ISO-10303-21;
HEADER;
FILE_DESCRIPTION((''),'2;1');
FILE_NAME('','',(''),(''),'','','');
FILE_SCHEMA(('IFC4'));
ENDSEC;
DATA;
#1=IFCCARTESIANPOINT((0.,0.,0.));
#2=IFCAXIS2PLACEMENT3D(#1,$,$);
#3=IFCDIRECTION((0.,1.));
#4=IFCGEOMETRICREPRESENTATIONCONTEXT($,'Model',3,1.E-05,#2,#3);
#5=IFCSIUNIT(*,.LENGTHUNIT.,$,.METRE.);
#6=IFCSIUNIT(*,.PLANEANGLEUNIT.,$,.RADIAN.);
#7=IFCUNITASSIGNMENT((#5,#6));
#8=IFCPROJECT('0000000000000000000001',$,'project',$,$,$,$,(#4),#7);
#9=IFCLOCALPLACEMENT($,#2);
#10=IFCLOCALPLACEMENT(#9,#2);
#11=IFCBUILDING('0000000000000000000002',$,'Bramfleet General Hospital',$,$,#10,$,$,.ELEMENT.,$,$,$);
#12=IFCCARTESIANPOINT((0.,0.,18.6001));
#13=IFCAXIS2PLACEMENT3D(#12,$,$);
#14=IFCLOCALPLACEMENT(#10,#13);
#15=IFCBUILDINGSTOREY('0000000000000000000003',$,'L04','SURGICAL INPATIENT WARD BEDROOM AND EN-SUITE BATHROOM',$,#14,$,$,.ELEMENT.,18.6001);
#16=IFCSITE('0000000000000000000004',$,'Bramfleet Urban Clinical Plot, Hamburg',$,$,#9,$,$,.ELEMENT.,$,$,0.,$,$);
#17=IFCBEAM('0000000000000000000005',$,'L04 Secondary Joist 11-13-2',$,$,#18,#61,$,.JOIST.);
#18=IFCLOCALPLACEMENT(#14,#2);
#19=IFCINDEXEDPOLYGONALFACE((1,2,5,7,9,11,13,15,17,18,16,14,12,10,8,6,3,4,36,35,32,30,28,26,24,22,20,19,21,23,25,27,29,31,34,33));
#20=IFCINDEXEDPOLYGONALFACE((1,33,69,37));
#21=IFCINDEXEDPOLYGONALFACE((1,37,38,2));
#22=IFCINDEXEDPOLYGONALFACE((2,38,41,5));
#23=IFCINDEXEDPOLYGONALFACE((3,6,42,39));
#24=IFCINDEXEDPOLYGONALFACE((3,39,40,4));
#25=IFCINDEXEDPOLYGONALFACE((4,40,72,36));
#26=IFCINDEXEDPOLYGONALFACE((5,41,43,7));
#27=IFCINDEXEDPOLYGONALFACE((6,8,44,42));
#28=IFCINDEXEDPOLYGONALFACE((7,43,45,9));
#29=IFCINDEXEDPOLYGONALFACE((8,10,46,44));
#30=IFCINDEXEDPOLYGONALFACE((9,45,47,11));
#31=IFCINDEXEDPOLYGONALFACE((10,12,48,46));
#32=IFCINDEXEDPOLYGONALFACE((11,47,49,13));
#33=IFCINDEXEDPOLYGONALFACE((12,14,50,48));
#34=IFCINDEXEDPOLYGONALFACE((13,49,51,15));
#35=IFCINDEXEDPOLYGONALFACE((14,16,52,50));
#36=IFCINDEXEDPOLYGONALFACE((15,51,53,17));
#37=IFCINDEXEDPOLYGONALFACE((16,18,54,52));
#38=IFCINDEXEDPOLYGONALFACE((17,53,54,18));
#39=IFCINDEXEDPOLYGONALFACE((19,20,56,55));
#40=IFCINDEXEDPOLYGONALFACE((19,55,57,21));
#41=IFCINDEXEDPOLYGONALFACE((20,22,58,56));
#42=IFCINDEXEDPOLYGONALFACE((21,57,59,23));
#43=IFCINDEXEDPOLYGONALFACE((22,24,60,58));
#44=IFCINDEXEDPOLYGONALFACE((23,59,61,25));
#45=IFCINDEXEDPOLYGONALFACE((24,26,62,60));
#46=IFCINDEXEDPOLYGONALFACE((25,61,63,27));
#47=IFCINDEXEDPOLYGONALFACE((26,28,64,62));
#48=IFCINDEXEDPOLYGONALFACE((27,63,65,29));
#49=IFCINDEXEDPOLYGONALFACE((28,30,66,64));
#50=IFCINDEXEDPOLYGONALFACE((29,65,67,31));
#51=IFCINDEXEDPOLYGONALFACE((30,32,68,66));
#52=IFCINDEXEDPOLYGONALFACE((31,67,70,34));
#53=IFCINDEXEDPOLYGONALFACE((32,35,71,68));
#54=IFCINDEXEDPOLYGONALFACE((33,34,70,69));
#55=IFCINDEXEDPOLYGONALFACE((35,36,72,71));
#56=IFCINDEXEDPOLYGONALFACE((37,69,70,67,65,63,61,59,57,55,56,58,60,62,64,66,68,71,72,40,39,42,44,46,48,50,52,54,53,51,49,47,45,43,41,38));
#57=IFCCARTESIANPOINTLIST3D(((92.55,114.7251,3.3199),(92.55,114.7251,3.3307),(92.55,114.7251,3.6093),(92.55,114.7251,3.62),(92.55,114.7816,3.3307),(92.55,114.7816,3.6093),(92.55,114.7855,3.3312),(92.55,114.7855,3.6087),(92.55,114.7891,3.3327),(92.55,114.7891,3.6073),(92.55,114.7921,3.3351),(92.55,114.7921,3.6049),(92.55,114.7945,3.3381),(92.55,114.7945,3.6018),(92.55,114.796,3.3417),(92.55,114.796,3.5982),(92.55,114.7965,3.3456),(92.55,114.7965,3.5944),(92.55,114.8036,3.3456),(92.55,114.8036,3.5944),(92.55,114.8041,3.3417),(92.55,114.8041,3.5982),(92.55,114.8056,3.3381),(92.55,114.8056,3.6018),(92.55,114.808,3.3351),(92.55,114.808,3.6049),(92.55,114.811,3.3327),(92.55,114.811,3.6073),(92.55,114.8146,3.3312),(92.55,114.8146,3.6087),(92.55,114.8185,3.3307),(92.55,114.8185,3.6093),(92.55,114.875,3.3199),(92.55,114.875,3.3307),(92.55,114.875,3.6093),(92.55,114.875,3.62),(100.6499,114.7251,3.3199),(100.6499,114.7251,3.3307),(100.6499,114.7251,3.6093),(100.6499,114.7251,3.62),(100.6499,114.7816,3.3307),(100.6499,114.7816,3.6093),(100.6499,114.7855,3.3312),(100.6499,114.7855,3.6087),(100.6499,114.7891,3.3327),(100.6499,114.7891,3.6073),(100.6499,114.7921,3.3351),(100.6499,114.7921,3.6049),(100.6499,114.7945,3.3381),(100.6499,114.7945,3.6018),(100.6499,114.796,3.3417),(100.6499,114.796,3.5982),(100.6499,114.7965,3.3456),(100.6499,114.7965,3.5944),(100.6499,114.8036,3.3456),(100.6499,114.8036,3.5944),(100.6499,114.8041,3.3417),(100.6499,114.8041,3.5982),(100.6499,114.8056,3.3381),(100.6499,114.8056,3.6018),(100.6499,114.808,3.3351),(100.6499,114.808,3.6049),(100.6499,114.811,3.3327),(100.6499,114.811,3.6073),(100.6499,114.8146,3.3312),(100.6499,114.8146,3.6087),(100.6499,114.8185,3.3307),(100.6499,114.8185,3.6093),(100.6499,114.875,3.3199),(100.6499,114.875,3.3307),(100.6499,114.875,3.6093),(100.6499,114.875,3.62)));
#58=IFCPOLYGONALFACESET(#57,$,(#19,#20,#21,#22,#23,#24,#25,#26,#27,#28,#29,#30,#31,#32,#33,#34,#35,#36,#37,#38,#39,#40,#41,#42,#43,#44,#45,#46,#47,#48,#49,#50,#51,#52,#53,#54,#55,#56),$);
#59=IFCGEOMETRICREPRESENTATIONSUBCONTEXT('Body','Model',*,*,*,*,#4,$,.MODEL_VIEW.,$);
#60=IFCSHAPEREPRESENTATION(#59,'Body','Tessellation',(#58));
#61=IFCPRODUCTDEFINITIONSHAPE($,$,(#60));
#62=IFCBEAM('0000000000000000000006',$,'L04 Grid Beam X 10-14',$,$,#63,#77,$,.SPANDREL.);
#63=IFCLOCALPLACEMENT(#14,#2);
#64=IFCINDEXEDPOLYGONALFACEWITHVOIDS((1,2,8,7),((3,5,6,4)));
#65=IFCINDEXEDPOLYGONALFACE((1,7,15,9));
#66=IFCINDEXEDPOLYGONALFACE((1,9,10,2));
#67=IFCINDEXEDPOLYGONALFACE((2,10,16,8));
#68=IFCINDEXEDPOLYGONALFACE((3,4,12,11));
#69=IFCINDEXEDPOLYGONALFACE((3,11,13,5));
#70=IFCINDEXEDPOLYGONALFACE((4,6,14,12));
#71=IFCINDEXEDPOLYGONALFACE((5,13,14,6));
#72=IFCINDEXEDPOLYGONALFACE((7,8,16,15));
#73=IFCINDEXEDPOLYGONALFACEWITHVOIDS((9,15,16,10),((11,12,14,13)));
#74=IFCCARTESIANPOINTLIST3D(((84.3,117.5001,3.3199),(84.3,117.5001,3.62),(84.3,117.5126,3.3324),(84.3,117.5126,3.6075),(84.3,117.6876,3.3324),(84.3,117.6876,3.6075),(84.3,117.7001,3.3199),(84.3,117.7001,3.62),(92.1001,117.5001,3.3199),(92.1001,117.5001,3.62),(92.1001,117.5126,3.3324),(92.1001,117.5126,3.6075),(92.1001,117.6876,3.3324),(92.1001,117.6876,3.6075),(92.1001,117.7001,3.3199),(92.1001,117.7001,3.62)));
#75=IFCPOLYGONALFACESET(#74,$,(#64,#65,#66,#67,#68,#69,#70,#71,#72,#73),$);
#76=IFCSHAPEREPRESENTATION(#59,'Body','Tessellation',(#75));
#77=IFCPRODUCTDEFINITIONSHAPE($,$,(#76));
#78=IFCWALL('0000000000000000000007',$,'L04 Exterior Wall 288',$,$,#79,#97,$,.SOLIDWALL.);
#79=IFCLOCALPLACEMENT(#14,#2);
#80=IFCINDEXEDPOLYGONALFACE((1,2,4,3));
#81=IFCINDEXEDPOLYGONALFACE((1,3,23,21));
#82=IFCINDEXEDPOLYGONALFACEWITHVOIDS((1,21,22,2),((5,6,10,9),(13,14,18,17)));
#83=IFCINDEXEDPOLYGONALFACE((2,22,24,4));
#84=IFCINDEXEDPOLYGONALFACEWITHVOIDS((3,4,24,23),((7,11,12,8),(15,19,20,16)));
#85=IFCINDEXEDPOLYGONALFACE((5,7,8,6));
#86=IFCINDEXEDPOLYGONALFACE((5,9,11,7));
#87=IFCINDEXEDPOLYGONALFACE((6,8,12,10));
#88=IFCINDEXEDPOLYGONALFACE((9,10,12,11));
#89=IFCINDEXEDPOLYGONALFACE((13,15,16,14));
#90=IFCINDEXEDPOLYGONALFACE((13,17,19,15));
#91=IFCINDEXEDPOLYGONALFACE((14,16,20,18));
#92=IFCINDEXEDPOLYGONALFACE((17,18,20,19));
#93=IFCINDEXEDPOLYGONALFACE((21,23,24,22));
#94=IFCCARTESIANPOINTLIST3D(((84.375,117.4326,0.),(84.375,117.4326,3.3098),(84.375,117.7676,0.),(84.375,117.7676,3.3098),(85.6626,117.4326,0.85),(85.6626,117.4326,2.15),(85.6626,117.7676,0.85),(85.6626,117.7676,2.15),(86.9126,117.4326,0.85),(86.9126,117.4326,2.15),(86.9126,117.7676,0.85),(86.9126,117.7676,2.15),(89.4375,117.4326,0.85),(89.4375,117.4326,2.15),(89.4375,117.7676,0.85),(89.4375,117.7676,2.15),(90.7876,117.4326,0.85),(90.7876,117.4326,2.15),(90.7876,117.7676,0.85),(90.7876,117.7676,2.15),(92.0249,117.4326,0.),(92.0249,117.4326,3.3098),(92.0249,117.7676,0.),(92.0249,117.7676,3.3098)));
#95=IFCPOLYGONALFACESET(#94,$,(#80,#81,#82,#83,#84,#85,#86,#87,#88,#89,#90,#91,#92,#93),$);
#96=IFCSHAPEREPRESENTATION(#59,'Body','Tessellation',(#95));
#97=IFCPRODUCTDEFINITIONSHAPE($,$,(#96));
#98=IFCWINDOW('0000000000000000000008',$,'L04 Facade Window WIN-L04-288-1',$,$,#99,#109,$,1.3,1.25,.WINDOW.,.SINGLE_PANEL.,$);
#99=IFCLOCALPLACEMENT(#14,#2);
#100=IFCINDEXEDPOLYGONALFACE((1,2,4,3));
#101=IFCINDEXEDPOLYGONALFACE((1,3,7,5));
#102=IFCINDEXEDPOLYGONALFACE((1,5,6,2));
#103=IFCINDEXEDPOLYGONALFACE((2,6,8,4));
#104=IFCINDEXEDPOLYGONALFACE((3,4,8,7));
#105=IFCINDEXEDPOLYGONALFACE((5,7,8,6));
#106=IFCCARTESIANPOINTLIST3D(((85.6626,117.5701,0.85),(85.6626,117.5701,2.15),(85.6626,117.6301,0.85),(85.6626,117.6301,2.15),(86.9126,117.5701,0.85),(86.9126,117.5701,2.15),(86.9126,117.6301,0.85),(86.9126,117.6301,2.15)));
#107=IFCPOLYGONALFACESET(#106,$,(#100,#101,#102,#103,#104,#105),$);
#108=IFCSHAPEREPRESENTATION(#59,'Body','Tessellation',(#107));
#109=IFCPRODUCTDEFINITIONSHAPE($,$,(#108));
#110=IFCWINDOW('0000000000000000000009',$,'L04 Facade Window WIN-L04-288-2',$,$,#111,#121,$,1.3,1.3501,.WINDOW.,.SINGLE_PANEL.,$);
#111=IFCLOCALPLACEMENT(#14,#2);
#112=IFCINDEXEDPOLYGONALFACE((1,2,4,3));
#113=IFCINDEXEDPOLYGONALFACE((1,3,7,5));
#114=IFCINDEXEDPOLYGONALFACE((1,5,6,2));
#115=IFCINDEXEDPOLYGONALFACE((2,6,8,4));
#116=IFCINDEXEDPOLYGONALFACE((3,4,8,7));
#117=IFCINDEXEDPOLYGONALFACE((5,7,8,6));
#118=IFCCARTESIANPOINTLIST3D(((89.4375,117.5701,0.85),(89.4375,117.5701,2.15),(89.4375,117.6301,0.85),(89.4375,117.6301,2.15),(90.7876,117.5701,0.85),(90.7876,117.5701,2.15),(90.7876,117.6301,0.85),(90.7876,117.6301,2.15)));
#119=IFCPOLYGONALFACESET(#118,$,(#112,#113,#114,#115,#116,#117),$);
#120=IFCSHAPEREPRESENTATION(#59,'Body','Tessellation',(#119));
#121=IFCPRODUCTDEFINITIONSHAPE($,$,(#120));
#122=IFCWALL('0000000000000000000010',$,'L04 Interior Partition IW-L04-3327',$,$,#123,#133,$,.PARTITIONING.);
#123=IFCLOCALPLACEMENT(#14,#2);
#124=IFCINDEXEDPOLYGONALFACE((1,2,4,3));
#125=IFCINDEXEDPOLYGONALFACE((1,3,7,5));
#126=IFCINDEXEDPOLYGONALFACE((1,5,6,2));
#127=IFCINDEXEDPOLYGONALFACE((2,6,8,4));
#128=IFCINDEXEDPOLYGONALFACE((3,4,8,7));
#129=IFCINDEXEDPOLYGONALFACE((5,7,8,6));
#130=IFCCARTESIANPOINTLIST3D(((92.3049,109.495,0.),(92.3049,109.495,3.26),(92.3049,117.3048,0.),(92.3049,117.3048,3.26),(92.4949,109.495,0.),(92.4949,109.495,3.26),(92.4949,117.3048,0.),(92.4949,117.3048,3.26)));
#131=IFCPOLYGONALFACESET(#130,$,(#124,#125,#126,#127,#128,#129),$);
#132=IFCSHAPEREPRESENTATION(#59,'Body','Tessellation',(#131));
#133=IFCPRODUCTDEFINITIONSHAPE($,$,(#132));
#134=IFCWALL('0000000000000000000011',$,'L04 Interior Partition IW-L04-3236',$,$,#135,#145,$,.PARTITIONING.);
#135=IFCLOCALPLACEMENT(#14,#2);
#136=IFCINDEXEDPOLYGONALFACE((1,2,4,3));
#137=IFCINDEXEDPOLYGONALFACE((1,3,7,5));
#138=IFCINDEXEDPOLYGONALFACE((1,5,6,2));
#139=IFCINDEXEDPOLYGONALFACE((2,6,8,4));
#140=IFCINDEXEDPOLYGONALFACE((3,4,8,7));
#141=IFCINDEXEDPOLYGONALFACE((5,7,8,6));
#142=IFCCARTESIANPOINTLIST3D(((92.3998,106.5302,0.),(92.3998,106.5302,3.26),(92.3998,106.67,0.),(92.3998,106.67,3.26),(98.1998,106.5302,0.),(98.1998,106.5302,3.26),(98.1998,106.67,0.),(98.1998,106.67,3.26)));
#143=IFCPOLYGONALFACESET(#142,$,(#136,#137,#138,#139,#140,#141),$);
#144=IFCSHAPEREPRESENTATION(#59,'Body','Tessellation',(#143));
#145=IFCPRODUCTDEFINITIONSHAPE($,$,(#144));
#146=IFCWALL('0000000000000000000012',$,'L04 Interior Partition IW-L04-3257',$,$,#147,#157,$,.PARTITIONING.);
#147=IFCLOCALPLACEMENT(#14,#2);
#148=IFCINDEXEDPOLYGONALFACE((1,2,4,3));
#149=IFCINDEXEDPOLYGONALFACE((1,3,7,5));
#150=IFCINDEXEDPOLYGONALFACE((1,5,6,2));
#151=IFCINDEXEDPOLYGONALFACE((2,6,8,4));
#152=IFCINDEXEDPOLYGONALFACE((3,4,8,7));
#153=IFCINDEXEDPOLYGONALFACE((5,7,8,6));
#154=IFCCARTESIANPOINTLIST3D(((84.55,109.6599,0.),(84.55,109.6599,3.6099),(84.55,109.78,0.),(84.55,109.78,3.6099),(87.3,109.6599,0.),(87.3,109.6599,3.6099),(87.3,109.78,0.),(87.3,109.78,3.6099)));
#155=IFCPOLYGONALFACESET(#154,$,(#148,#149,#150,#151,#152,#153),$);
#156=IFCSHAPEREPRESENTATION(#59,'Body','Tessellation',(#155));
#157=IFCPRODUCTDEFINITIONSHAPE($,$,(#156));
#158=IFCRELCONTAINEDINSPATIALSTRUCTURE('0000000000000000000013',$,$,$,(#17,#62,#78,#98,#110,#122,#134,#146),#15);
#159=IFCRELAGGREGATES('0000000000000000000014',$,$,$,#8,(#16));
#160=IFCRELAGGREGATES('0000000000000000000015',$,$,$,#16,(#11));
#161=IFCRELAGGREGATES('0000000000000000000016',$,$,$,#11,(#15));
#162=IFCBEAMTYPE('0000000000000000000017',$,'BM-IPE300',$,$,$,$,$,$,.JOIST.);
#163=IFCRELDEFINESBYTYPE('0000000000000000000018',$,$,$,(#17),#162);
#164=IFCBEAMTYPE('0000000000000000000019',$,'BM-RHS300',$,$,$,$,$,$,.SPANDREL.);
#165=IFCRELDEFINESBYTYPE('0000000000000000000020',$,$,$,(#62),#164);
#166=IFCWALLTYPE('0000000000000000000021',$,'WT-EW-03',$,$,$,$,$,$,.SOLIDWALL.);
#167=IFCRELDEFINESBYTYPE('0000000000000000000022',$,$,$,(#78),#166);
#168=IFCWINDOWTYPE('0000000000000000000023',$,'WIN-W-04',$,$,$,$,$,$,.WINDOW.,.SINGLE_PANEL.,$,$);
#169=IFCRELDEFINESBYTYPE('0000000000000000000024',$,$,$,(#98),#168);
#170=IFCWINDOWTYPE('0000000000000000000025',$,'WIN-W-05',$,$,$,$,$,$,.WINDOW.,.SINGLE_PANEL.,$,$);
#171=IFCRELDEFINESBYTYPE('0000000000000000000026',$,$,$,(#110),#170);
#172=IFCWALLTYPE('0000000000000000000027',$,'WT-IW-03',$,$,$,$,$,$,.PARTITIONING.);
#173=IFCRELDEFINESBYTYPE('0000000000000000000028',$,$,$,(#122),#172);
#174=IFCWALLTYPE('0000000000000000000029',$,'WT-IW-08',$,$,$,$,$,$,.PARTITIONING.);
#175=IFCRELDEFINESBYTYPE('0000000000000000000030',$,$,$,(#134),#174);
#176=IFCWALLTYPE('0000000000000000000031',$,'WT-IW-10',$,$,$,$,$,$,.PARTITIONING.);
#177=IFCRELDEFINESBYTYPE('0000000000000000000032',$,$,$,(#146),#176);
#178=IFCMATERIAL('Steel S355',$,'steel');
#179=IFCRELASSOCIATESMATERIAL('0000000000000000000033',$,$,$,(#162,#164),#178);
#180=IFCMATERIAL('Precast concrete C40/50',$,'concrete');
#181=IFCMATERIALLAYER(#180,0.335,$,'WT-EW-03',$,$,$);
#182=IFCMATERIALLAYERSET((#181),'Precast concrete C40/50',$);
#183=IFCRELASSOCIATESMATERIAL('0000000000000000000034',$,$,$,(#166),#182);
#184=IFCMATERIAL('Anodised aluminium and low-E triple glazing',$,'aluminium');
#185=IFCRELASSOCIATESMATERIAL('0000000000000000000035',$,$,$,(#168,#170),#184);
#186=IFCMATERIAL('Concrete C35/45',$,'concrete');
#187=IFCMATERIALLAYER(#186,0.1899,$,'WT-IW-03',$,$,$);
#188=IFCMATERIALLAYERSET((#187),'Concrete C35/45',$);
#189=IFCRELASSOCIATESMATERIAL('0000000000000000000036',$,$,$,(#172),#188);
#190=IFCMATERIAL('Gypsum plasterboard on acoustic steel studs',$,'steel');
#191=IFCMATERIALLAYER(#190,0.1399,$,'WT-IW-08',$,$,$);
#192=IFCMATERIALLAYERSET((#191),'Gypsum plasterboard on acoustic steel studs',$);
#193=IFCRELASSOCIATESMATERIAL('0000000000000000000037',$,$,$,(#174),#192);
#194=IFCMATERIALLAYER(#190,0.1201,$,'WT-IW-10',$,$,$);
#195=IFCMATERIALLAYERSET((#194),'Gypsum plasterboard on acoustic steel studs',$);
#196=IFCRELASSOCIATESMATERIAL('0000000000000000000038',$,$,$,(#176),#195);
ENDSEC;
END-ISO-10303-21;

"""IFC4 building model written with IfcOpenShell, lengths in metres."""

from ifc_helpers import new_model, si_unit, direction, frame, frame_2d, origin, origin_2d, place, context, subcontext, project, spatial, rectangle, hollow_rectangle, i_section, extrude, material, layer, layer_set, material_profile, profile_set, type_object, element, fill, save


model = new_model("IFC4")

# Units and contexts
model_context = context("Model", 3, precision=1e-05, world=origin(), true_north=direction((0.0, 1.0)))
body_context = subcontext(model_context, "Body", "Model", "MODEL_VIEW")
ifc_project = project(units=[si_unit("LENGTHUNIT", "METRE"), si_unit("PLANEANGLEUNIT", "RADIAN")], contexts=[model_context])

# Site, building, storey
site_placement = place(None, origin())
site = spatial("IfcSite", under=ifc_project, at=site_placement, Name="Bramfleet Urban Clinical Plot, Hamburg", CompositionType="ELEMENT", RefElevation=0.0)
building_placement = place(site_placement, origin())
building = spatial("IfcBuilding", under=site, at=building_placement, Name="Bramfleet General Hospital", CompositionType="ELEMENT")
storey_placement = place(building_placement, frame((0.0, 0.0, 18.6001)))
storey = spatial("IfcBuildingStorey", under=building, at=storey_placement, Name="L04", Description="SURGICAL INPATIENT WARD BEDROOM AND EN-SUITE BATHROOM", CompositionType="ELEMENT", Elevation=18.6001)

# Beams
ifc_material_1 = material(Name="Steel S355", Category="steel")
ifc_material_profile_1 = material_profile(ifc_material_1, i_section(OverallWidth=0.1499, OverallDepth=0.3, WebThickness=0.0071, FlangeThickness=0.0107, FilletRadius=0.0149, at=origin_2d()), Name="IPE 300")
ifc_profile_set_1 = profile_set([ifc_material_profile_1], Name="Steel S355")
beam_type_1 = type_object("IfcBeamType", Name="BM-IPE300", PredefinedType="JOIST", material=ifc_profile_set_1)
for number, where, z_axis, x_axis, name in (
    (1, (92.55, 114.8, 3.47), (1.0, 0.0, 0.0), (0.0, 1.0, 0.0), "L04 Secondary Joist 11-13-2"),
):
    element("IfcBeam", number, at=place(storey_placement, frame(where, z_axis=z_axis, x_axis=x_axis)), inside=storey, type_object=beam_type_1, Name=name, PredefinedType="JOIST", context=body_context, shape_type="SweptSolid", body=[
        extrude(i_section(OverallWidth=0.1499, OverallDepth=0.3, WebThickness=0.0071, FlangeThickness=0.0107, FilletRadius=0.0149, at=origin_2d()), origin(), (0.0, 0.0, 1.0), 8.0999),
    ])
ifc_material_profile_2 = material_profile(ifc_material_1, hollow_rectangle(XDim=0.2, YDim=0.3, WallThickness=0.0125, at=origin_2d()), Name="RHS 300x200x12.5")
ifc_profile_set_2 = profile_set([ifc_material_profile_2], Name="Steel S355")
beam_type_2 = type_object("IfcBeamType", Name="BM-RHS300", PredefinedType="SPANDREL", material=ifc_profile_set_2)
beam_1_placement = place(storey_placement, frame((84.3, 117.6001, 3.47), z_axis=(1.0, 0.0, 0.0), x_axis=(0.0, 1.0, 0.0)))
element("IfcBeam", 2, at=beam_1_placement, inside=storey, type_object=beam_type_2, Name="L04 Grid Beam X 10-14", PredefinedType="SPANDREL", context=body_context, shape_type="SweptSolid", body=[
    extrude(hollow_rectangle(XDim=0.2, YDim=0.3, WallThickness=0.0125, at=origin_2d()), origin(), (0.0, 0.0, 1.0), 7.8),
])

# Wall, openings, windows
ifc_material_2 = material(Name="Precast concrete C40/50", Category="concrete")
ifc_layer_1 = layer(ifc_material_2, 0.335, Name="WT-EW-03")
ifc_layer_set_1 = layer_set([ifc_layer_1], Name="Precast concrete C40/50")
wall_type_1 = type_object("IfcWallType", Name="WT-EW-03", PredefinedType="SOLIDWALL", material=ifc_layer_set_1)
wall_1_placement = place(storey_placement, frame((84.375, 117.6001, 0.0), z_axis=(0.0, 0.0, 1.0), x_axis=(1.0, 0.0, 0.0)))
wall_1 = element("IfcWall", 3, at=wall_1_placement, inside=storey, type_object=wall_type_1, Name="L04 Exterior Wall 288", PredefinedType="SOLIDWALL", context=body_context, shape_type="SweptSolid", body=[
    extrude(rectangle(XDim=7.6499, YDim=0.335, at=frame_2d((3.825, 0.0))), origin(), (0.0, 0.0, 1.0), 3.3098),
])
opening_1_placement = place(wall_1_placement, frame((1.2876, 0.0, 0.8501)))
opening_1 = element("IfcOpeningElement", 4, at=opening_1_placement, cuts=wall_1, PredefinedType="OPENING", context=body_context, shape_type="SweptSolid", body=[
    extrude(rectangle(XDim=1.25, YDim=1.3, at=frame_2d((0.625, 0.6499))), frame((0.0, 0.1775, 0.0), z_axis=(0.0, -1.0, 0.0), x_axis=(1.0, 0.0, 0.0)), (0.0, 0.0, 1.0), 0.355),
])
opening_2_placement = place(wall_1_placement, frame((5.0625, 0.0, 0.8501)))
opening_2 = element("IfcOpeningElement", 5, at=opening_2_placement, cuts=wall_1, PredefinedType="OPENING", context=body_context, shape_type="SweptSolid", body=[
    extrude(rectangle(XDim=1.3501, YDim=1.3, at=frame_2d((0.675, 0.6499))), frame((0.0, 0.1775, 0.0), z_axis=(0.0, -1.0, 0.0), x_axis=(1.0, 0.0, 0.0)), (0.0, 0.0, 1.0), 0.355),
])
ifc_material_3 = material(Name="Anodised aluminium and low-E triple glazing", Category="aluminium")
window_type_1 = type_object("IfcWindowType", Name="WIN-W-04", PartitioningType="SINGLE_PANEL", PredefinedType="WINDOW", material=ifc_material_3)
window_1_placement = place(opening_1_placement, origin())
window_1 = element("IfcWindow", 6, at=window_1_placement, inside=storey, type_object=window_type_1, Name="L04 Facade Window WIN-L04-288-1", OverallHeight=1.3, OverallWidth=1.25, PartitioningType="SINGLE_PANEL", PredefinedType="WINDOW", context=body_context, shape_type="SweptSolid", body=[
    extrude(rectangle(XDim=1.25, YDim=1.3, at=frame_2d((0.625, 0.6499))), frame((0.0, 0.03, 0.0), z_axis=(0.0, -1.0, 0.0), x_axis=(1.0, 0.0, 0.0)), (0.0, 0.0, 1.0), 0.0601),
])
fill(opening_1, window_1)
window_type_2 = type_object("IfcWindowType", Name="WIN-W-05", PartitioningType="SINGLE_PANEL", PredefinedType="WINDOW", material=ifc_material_3)
window_2_placement = place(opening_2_placement, origin())
window_2 = element("IfcWindow", 7, at=window_2_placement, inside=storey, type_object=window_type_2, Name="L04 Facade Window WIN-L04-288-2", OverallHeight=1.3, OverallWidth=1.3501, PartitioningType="SINGLE_PANEL", PredefinedType="WINDOW", context=body_context, shape_type="SweptSolid", body=[
    extrude(rectangle(XDim=1.3501, YDim=1.3, at=frame_2d((0.675, 0.6499))), frame((0.0, 0.03, 0.0), z_axis=(0.0, -1.0, 0.0), x_axis=(1.0, 0.0, 0.0)), (0.0, 0.0, 1.0), 0.0601),
])
fill(opening_2, window_2)

# Walls
ifc_material_4 = material(Name="Concrete C35/45", Category="concrete")
ifc_layer_2 = layer(ifc_material_4, 0.1899, Name="WT-IW-03")
ifc_layer_set_2 = layer_set([ifc_layer_2], Name="Concrete C35/45")
wall_type_2 = type_object("IfcWallType", Name="WT-IW-03", PredefinedType="PARTITIONING", material=ifc_layer_set_2)
wall_2_placement = place(storey_placement, frame((92.3999, 109.4951, 0.0), z_axis=(0.0, 0.0, 1.0), x_axis=(0.0, 1.0, 0.0)))
element("IfcWall", 8, at=wall_2_placement, inside=storey, type_object=wall_type_2, Name="L04 Interior Partition IW-L04-3327", PredefinedType="PARTITIONING", context=body_context, shape_type="SweptSolid", body=[
    extrude(rectangle(XDim=7.8098, YDim=0.1899, at=frame_2d((3.9048, 0.0))), origin(), (0.0, 0.0, 1.0), 3.26),
])
ifc_material_5 = material(Name="Gypsum plasterboard on acoustic steel studs", Category="steel")
ifc_layer_3 = layer(ifc_material_5, 0.1399, Name="WT-IW-08")
ifc_layer_set_3 = layer_set([ifc_layer_3], Name="Gypsum plasterboard on acoustic steel studs")
wall_type_3 = type_object("IfcWallType", Name="WT-IW-08", PredefinedType="PARTITIONING", material=ifc_layer_set_3)
wall_3_placement = place(storey_placement, frame((92.3999, 106.6001, 0.0), z_axis=(0.0, 0.0, 1.0), x_axis=(1.0, 0.0, 0.0)))
element("IfcWall", 9, at=wall_3_placement, inside=storey, type_object=wall_type_3, Name="L04 Interior Partition IW-L04-3236", PredefinedType="PARTITIONING", context=body_context, shape_type="SweptSolid", body=[
    extrude(rectangle(XDim=5.8, YDim=0.1399, at=frame_2d((2.8999, 0.0))), origin(), (0.0, 0.0, 1.0), 3.26),
])
ifc_layer_4 = layer(ifc_material_5, 0.1201, Name="WT-IW-10")
ifc_layer_set_4 = layer_set([ifc_layer_4], Name="Gypsum plasterboard on acoustic steel studs")
wall_type_4 = type_object("IfcWallType", Name="WT-IW-10", PredefinedType="PARTITIONING", material=ifc_layer_set_4)
wall_4_placement = place(storey_placement, frame((84.55, 109.72, 0.0), z_axis=(0.0, 0.0, 1.0), x_axis=(1.0, 0.0, 0.0)))
element("IfcWall", 10, at=wall_4_placement, inside=storey, type_object=wall_type_4, Name="L04 Interior Partition IW-L04-3257", PredefinedType="PARTITIONING", context=body_context, shape_type="SweptSolid", body=[
    extrude(rectangle(XDim=2.75, YDim=0.1201, at=frame_2d((1.375, 0.0))), origin(), (0.0, 0.0, 1.0), 3.6099),
])

save(model, "model.ifc")
